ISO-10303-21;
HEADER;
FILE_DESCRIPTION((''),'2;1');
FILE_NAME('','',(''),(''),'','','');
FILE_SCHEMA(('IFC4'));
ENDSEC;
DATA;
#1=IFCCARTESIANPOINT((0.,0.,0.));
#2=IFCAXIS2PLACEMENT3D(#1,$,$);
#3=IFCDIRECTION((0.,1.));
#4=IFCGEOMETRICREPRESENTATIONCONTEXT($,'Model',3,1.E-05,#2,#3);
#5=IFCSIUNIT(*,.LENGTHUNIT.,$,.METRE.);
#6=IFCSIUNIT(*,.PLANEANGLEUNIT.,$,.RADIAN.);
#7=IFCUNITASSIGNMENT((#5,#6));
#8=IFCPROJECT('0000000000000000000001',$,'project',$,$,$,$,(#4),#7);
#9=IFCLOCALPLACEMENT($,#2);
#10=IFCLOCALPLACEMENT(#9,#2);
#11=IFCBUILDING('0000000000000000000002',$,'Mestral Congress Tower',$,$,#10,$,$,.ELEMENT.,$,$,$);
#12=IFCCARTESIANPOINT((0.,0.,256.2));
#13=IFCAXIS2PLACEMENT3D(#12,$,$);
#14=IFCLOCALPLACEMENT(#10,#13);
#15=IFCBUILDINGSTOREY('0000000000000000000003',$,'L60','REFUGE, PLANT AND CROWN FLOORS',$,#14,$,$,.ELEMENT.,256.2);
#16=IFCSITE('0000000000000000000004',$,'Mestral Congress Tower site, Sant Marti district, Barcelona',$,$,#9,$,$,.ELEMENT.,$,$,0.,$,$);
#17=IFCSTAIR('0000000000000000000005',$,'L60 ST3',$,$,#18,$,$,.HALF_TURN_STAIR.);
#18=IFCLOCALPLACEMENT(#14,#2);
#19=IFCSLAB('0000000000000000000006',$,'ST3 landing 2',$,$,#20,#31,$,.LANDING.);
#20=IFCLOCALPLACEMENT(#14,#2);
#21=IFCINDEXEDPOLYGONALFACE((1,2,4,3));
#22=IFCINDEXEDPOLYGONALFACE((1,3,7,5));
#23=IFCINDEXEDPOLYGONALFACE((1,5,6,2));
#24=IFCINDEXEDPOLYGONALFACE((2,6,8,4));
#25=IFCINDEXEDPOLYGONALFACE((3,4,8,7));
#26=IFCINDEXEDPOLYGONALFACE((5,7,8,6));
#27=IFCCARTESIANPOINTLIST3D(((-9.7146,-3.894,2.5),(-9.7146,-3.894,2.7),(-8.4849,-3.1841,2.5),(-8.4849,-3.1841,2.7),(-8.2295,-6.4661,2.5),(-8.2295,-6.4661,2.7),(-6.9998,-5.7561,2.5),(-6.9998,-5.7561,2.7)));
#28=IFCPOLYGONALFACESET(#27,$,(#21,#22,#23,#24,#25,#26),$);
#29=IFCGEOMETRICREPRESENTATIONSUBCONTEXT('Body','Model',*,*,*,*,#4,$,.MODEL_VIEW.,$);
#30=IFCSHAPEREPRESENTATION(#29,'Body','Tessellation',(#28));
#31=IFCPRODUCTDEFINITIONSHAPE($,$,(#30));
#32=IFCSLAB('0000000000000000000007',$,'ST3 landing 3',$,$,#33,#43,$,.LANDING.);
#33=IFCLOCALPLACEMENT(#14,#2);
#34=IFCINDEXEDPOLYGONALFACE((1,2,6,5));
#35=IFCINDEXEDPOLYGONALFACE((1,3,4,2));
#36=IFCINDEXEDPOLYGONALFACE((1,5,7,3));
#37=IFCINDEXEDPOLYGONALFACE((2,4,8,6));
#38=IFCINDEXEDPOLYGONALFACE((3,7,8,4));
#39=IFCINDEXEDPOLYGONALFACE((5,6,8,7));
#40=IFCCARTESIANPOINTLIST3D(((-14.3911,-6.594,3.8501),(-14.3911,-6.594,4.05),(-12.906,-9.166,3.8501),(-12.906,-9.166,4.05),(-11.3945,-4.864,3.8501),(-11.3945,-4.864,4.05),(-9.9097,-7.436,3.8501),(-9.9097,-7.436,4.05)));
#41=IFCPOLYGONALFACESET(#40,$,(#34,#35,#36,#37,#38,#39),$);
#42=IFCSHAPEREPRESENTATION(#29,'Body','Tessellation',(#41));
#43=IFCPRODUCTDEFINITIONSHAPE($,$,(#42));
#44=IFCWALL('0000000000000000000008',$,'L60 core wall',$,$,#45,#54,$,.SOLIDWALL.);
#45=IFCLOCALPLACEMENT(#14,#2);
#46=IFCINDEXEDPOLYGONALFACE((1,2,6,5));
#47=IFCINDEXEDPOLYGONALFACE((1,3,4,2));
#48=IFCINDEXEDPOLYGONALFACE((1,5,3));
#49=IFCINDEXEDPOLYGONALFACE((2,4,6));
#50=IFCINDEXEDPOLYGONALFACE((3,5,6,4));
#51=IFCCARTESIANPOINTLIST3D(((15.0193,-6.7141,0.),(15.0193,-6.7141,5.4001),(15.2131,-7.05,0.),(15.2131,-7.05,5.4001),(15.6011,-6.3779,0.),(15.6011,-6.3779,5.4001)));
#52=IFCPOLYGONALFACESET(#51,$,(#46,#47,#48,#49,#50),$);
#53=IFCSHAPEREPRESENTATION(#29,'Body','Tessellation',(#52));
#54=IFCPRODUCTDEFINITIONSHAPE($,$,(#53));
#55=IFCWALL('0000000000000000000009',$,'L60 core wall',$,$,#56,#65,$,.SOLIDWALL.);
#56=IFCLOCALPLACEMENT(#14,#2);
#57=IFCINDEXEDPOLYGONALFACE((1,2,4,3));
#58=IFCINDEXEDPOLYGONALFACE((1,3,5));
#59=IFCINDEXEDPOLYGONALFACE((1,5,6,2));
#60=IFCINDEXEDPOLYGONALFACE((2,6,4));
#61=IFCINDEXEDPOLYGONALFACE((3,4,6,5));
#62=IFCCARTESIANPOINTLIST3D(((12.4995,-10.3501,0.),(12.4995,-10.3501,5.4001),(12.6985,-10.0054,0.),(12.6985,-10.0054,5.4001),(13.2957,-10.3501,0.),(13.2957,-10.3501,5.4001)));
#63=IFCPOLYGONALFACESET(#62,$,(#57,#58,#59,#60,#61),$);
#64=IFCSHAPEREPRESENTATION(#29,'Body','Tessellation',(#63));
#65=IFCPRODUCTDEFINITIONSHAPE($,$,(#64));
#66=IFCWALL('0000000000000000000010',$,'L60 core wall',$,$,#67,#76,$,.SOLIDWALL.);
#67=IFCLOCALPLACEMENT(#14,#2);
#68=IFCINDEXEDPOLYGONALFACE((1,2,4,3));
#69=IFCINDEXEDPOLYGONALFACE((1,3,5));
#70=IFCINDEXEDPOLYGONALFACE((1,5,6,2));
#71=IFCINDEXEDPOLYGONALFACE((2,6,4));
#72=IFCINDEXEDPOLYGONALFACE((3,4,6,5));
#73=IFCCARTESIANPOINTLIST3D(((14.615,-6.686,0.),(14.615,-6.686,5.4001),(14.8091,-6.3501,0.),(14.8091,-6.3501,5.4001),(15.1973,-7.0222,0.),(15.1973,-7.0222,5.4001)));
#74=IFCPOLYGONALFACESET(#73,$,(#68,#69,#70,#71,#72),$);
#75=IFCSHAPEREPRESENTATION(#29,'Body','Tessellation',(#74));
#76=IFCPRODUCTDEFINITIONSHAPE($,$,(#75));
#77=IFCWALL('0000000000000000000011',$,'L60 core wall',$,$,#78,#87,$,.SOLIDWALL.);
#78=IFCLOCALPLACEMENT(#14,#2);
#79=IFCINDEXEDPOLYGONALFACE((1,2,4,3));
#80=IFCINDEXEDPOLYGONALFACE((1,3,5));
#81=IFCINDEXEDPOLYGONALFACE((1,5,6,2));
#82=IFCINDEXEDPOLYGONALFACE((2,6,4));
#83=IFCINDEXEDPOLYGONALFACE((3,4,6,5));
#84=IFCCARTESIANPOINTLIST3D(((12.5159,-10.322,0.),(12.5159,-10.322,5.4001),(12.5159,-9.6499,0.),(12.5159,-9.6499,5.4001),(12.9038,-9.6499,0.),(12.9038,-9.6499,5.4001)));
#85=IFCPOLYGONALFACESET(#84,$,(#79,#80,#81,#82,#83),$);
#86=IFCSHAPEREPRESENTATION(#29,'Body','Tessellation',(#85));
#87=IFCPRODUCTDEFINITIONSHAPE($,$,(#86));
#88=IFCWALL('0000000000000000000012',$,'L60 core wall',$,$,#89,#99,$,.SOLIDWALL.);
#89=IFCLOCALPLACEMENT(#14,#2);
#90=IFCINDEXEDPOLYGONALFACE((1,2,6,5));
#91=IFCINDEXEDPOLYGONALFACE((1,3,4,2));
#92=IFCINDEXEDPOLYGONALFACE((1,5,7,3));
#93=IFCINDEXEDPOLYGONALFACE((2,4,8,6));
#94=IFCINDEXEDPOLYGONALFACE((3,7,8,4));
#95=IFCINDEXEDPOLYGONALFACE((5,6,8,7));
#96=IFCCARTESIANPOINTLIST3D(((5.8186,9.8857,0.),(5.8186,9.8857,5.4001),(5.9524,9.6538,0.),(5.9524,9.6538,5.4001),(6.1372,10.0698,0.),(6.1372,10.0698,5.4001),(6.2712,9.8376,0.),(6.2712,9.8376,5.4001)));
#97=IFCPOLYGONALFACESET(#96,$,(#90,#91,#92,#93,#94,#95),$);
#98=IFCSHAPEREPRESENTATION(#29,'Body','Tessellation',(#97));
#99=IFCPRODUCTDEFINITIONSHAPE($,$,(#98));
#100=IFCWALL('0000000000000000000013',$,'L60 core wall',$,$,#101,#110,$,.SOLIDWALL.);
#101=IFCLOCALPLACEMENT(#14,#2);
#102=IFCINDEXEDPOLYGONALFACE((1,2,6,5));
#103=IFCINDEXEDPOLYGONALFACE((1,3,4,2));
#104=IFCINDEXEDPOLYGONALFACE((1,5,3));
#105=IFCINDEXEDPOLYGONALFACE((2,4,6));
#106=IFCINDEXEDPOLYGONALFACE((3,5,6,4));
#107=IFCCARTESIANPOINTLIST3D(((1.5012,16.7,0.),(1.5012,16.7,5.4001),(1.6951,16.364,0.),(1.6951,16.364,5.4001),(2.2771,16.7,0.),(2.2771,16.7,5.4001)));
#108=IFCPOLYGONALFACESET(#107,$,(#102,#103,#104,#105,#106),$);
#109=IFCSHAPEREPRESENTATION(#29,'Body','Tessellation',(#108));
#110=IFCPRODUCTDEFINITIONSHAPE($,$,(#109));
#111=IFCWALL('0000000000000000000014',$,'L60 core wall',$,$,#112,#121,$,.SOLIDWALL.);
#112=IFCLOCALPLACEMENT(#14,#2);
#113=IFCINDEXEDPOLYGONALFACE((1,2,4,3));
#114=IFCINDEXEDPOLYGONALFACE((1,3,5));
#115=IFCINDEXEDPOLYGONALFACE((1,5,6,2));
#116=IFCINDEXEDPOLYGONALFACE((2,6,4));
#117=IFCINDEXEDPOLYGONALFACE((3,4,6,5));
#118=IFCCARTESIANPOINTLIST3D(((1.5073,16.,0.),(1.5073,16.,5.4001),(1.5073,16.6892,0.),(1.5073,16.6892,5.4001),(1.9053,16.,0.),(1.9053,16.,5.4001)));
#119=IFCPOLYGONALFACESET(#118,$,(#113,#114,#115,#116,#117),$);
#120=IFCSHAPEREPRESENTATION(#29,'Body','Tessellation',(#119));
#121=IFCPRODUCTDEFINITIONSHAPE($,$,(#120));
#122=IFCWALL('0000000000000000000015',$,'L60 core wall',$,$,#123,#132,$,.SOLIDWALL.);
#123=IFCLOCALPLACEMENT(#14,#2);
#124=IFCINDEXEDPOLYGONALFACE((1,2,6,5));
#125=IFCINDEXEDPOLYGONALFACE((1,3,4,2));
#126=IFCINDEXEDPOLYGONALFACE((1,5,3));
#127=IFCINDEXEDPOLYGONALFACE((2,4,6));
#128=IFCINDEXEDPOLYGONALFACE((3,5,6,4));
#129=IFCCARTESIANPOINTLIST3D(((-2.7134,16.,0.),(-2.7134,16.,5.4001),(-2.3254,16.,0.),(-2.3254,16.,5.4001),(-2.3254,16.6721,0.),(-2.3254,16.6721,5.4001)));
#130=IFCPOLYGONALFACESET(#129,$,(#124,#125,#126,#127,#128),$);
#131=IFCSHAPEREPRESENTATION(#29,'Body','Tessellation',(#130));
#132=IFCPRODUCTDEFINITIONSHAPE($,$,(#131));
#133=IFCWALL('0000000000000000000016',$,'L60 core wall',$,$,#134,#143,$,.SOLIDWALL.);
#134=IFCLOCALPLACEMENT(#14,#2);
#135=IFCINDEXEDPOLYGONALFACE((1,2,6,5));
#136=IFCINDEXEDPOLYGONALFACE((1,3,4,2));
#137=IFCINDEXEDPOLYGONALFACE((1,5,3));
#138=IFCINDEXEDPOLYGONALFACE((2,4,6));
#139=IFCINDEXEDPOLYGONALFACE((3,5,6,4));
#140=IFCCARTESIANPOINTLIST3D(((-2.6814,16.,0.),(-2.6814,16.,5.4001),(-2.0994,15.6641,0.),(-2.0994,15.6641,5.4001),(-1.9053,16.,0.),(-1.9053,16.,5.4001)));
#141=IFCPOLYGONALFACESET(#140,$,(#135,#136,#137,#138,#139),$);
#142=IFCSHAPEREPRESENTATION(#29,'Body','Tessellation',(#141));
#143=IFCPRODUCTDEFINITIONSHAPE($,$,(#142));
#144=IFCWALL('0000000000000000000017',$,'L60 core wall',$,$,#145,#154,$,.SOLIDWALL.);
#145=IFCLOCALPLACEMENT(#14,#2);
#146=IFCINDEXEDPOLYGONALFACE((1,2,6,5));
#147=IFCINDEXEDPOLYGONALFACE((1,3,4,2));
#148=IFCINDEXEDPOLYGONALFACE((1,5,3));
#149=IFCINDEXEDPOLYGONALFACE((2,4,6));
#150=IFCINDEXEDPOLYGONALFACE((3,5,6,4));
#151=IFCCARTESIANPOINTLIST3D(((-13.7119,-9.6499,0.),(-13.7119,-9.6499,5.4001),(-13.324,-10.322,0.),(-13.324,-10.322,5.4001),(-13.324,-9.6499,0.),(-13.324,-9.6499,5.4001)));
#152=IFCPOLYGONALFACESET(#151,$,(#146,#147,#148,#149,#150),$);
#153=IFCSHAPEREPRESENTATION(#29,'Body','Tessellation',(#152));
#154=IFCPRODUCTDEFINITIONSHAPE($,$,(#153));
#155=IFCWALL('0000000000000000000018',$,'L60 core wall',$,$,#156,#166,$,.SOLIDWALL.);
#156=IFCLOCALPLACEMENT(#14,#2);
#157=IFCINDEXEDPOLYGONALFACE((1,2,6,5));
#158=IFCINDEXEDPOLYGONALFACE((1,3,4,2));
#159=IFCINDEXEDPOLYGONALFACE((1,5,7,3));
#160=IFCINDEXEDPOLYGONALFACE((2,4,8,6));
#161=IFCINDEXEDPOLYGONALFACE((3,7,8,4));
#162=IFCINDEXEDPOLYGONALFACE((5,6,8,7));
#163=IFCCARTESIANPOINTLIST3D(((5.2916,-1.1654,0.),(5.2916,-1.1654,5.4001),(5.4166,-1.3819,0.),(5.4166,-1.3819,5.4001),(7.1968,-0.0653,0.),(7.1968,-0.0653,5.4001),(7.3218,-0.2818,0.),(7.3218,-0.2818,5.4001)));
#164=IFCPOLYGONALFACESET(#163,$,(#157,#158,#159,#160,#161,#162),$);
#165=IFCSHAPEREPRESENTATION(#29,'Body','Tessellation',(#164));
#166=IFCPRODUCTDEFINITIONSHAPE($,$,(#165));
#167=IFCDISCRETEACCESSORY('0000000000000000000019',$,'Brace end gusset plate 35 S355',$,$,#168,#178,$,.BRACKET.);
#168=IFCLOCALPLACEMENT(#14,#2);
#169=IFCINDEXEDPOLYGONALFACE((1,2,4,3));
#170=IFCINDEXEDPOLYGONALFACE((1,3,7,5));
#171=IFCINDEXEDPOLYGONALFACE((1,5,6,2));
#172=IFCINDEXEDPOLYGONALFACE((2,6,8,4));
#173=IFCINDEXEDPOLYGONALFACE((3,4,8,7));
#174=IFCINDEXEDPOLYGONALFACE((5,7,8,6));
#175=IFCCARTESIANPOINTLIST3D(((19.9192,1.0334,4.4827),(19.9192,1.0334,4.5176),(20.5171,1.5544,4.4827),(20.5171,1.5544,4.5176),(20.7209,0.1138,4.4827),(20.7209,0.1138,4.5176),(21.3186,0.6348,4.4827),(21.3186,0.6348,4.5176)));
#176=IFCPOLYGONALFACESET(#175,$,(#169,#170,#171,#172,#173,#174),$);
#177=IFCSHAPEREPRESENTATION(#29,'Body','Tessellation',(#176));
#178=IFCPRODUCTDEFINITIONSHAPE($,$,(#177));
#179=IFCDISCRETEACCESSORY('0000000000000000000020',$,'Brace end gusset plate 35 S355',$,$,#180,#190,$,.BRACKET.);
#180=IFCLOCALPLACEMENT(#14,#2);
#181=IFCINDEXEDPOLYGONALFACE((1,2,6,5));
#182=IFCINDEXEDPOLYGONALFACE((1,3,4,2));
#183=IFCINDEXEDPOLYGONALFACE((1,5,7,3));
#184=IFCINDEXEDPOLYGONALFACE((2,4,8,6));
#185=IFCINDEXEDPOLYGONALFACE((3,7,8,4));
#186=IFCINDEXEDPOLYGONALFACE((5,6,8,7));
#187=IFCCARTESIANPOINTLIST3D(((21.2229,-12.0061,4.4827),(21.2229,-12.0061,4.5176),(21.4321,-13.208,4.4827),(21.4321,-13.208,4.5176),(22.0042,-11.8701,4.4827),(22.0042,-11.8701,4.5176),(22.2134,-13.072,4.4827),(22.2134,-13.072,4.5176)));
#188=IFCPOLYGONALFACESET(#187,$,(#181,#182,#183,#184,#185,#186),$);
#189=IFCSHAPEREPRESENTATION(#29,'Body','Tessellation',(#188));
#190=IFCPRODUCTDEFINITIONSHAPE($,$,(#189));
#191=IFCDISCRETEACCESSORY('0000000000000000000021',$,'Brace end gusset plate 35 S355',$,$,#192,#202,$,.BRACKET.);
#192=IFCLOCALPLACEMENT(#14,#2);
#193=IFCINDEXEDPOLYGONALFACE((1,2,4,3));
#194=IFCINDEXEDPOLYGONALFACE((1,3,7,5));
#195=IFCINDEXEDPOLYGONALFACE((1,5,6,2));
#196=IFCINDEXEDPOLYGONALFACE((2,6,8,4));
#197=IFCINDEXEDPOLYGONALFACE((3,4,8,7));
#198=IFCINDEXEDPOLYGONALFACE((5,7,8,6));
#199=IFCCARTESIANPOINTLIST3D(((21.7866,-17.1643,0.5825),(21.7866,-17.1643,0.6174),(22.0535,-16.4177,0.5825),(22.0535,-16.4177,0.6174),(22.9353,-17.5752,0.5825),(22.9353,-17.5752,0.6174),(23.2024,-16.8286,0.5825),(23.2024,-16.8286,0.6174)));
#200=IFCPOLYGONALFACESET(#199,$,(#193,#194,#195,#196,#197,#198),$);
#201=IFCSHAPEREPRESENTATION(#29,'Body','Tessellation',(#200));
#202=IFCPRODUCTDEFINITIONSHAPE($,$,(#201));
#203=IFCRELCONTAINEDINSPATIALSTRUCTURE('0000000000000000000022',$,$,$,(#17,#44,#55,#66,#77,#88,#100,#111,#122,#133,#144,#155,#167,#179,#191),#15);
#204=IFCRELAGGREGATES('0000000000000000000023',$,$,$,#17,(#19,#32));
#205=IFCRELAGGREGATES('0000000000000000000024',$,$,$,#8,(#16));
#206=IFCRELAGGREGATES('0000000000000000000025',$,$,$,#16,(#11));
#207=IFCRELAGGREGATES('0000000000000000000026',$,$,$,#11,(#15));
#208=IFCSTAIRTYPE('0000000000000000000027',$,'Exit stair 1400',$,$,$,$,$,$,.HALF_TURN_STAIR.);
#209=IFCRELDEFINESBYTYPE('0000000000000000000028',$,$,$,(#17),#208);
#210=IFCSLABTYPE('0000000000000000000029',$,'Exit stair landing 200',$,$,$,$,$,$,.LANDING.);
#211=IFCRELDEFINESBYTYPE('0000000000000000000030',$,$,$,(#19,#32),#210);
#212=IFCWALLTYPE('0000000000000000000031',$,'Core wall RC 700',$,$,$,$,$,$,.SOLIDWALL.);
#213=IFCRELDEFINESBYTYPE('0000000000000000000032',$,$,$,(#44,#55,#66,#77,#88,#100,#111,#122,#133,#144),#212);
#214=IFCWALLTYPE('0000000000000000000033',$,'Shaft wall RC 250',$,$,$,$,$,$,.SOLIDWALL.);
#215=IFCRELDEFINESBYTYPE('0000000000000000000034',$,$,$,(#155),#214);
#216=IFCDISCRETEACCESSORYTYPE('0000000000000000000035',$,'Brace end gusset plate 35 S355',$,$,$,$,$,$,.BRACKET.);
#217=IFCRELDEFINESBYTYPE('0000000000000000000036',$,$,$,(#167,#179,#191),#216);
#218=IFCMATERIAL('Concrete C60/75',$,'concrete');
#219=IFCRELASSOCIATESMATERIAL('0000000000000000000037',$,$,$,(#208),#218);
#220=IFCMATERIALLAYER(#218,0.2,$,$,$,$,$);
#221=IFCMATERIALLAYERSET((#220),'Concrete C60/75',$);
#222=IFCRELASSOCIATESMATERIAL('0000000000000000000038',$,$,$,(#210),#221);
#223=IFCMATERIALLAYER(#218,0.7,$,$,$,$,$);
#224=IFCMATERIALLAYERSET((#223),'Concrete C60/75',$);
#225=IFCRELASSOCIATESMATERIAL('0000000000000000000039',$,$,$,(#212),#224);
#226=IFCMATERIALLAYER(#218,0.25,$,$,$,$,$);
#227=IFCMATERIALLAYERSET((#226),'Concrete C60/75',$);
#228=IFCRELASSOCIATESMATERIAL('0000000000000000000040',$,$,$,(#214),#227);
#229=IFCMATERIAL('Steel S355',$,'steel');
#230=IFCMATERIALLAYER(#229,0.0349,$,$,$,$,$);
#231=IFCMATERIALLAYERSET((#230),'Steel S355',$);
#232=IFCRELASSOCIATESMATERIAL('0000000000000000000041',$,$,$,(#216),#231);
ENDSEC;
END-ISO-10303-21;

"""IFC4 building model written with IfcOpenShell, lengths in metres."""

from ifc_helpers import new_model, si_unit, direction, frame, frame_2d, origin, place, context, subcontext, project, spatial, polyline, rectangle, outline, extrude, material, layer, layer_set, type_object, element, aggregate, save


model = new_model("IFC4")

# Units and contexts
model_context = context("Model", 3, precision=1e-05, world=origin(), true_north=direction((0.0, 1.0)))
body_context = subcontext(model_context, "Body", "Model", "MODEL_VIEW")
ifc_project = project(units=[si_unit("LENGTHUNIT", "METRE"), si_unit("PLANEANGLEUNIT", "RADIAN")], contexts=[model_context])

# Site, building, storey
site_placement = place(None, origin())
site = spatial("IfcSite", under=ifc_project, at=site_placement, Name="Mestral Congress Tower site, Sant Marti district, Barcelona", CompositionType="ELEMENT", RefElevation=0.0)
building_placement = place(site_placement, origin())
building = spatial("IfcBuilding", under=site, at=building_placement, Name="Mestral Congress Tower", CompositionType="ELEMENT")
storey_placement = place(building_placement, frame((0.0, 0.0, 256.2)))
storey = spatial("IfcBuildingStorey", under=building, at=storey_placement, Name="L60", Description="REFUGE, PLANT AND CROWN FLOORS", CompositionType="ELEMENT", Elevation=256.2)

# Shared definitions
ifc_material_1 = material(Name="Concrete C60/75", Category="concrete")

# Stair, slabs
stair_type = type_object("IfcStairType", Name="Exit stair 1400", PredefinedType="HALF_TURN_STAIR", material=ifc_material_1)
placement_1 = place(storey_placement, origin())
ifc_layer_1 = layer(ifc_material_1, 0.2)
ifc_layer_set_1 = layer_set([ifc_layer_1], Name="Concrete C60/75")
slab_type_1 = type_object("IfcSlabType", Name="Exit stair landing 200", PredefinedType="LANDING", material=ifc_layer_set_1)
placement_2 = place(storey_placement, frame((0.0, 0.0, 2.5)))
placement_3 = place(storey_placement, frame((0.0, 0.0, 3.8501)))
stair_1 = element("IfcStair", 1, at=placement_1, inside=storey, type_object=stair_type, Name="L60 ST3", PredefinedType="HALF_TURN_STAIR")
slab_1 = element("IfcSlab", 2, at=placement_2, type_object=slab_type_1, Name="ST3 landing 2", PredefinedType="LANDING", context=body_context, shape_type="SweptSolid", body=[
    extrude(outline(polyline([(-8.4849, -3.1841), (-6.9998, -5.7561), (-8.2295, -6.4661), (-9.7146, -3.894), (-8.4849, -3.1841)])), origin(), (0.0, 0.0, 1.0), 0.2),
])
slab_2 = element("IfcSlab", 3, at=placement_3, type_object=slab_type_1, Name="ST3 landing 3", PredefinedType="LANDING", context=body_context, shape_type="SweptSolid", body=[
    extrude(outline(polyline([(-11.3945, -4.864), (-9.9097, -7.436), (-12.906, -9.166), (-14.3911, -6.594), (-11.3945, -4.864)])), origin(), (0.0, 0.0, 1.0), 0.2),
])
aggregate(stair_1, [slab_1, slab_2])

# Walls
ifc_layer_2 = layer(ifc_material_1, 0.7)
ifc_layer_set_2 = layer_set([ifc_layer_2], Name="Concrete C60/75")
wall_type_1 = type_object("IfcWallType", Name="Core wall RC 700", PredefinedType="SOLIDWALL", material=ifc_layer_set_2)
element("IfcWall", 4, at=placement_1, inside=storey, type_object=wall_type_1, Name="L60 core wall", PredefinedType="SOLIDWALL", context=body_context, shape_type="SweptSolid", body=[
    extrude(outline(polyline([(15.2131, -7.05), (15.0193, -6.7141), (15.6011, -6.3779), (15.2131, -7.05)])), origin(), (0.0, 0.0, 1.0), 5.4001),
])
element("IfcWall", 5, at=placement_1, inside=storey, type_object=wall_type_1, Name="L60 core wall", PredefinedType="SOLIDWALL", context=body_context, shape_type="SweptSolid", body=[
    extrude(outline(polyline([(12.6985, -10.0054), (13.2957, -10.3501), (12.4995, -10.3501), (12.6985, -10.0054)])), origin(), (0.0, 0.0, 1.0), 5.4001),
])
element("IfcWall", 6, at=placement_1, inside=storey, type_object=wall_type_1, Name="L60 core wall", PredefinedType="SOLIDWALL", context=body_context, shape_type="SweptSolid", body=[
    extrude(outline(polyline([(14.8091, -6.3501), (15.1973, -7.0222), (14.615, -6.686), (14.8091, -6.3501)])), origin(), (0.0, 0.0, 1.0), 5.4001),
])
element("IfcWall", 7, at=placement_1, inside=storey, type_object=wall_type_1, Name="L60 core wall", PredefinedType="SOLIDWALL", context=body_context, shape_type="SweptSolid", body=[
    extrude(outline(polyline([(12.9038, -9.6499), (12.5159, -10.322), (12.5159, -9.6499), (12.9038, -9.6499)])), origin(), (0.0, 0.0, 1.0), 5.4001),
])
element("IfcWall", 8, at=placement_1, inside=storey, type_object=wall_type_1, Name="L60 core wall", PredefinedType="SOLIDWALL", context=body_context, shape_type="SweptSolid", body=[
    extrude(outline(polyline([(6.1372, 10.0698), (6.2712, 9.8376), (5.9524, 9.6538), (5.8186, 9.8857), (6.1372, 10.0698)])), origin(), (0.0, 0.0, 1.0), 5.4001),
])
element("IfcWall", 9, at=placement_1, inside=storey, type_object=wall_type_1, Name="L60 core wall", PredefinedType="SOLIDWALL", context=body_context, shape_type="SweptSolid", body=[
    extrude(outline(polyline([(1.5012, 16.7), (2.2771, 16.7), (1.6951, 16.364), (1.5012, 16.7)])), origin(), (0.0, 0.0, 1.0), 5.4001),
])
element("IfcWall", 10, at=placement_1, inside=storey, type_object=wall_type_1, Name="L60 core wall", PredefinedType="SOLIDWALL", context=body_context, shape_type="SweptSolid", body=[
    extrude(outline(polyline([(1.9053, 16.0), (1.5073, 16.0), (1.5073, 16.6892), (1.9053, 16.0)])), origin(), (0.0, 0.0, 1.0), 5.4001),
])
element("IfcWall", 11, at=placement_1, inside=storey, type_object=wall_type_1, Name="L60 core wall", PredefinedType="SOLIDWALL", context=body_context, shape_type="SweptSolid", body=[
    extrude(outline(polyline([(-2.7134, 16.0), (-2.3254, 16.6721), (-2.3254, 16.0), (-2.7134, 16.0)])), origin(), (0.0, 0.0, 1.0), 5.4001),
])
element("IfcWall", 12, at=placement_1, inside=storey, type_object=wall_type_1, Name="L60 core wall", PredefinedType="SOLIDWALL", context=body_context, shape_type="SweptSolid", body=[
    extrude(outline(polyline([(-1.9053, 16.0), (-2.0994, 15.6641), (-2.6814, 16.0), (-1.9053, 16.0)])), origin(), (0.0, 0.0, 1.0), 5.4001),
])
element("IfcWall", 13, at=placement_1, inside=storey, type_object=wall_type_1, Name="L60 core wall", PredefinedType="SOLIDWALL", context=body_context, shape_type="SweptSolid", body=[
    extrude(outline(polyline([(-13.7119, -9.6499), (-13.324, -9.6499), (-13.324, -10.322), (-13.7119, -9.6499)])), origin(), (0.0, 0.0, 1.0), 5.4001),
])
ifc_layer_3 = layer(ifc_material_1, 0.25)
ifc_layer_set_3 = layer_set([ifc_layer_3], Name="Concrete C60/75")
wall_type_2 = type_object("IfcWallType", Name="Shaft wall RC 250", PredefinedType="SOLIDWALL", material=ifc_layer_set_3)
wall_1_placement = place(storey_placement, frame((5.354, -1.2737, 0.0), z_axis=(0.0, 0.0, 1.0), x_axis=(0.866008, 0.50003, 0.0)))
element("IfcWall", 14, at=wall_1_placement, inside=storey, type_object=wall_type_2, Name="L60 core wall", PredefinedType="SOLIDWALL", context=body_context, shape_type="SweptSolid", body=[
    extrude(rectangle(XDim=2.2, YDim=0.25, at=frame_2d((1.1001, 0.0))), origin(), (0.0, 0.0, 1.0), 5.4001),
])

# Discrete accessories
ifc_material_2 = material(Name="Steel S355", Category="steel")
ifc_layer_4 = layer(ifc_material_2, 0.0349)
ifc_layer_set_4 = layer_set([ifc_layer_4], Name="Steel S355")
discrete_accessory_type = type_object("IfcDiscreteAccessoryType", Name="Brace end gusset plate 35 S355", PredefinedType="BRACKET", material=ifc_layer_set_4)
placement_4 = place(storey_placement, frame((0.0, 0.0, 4.4827)))
element("IfcDiscreteAccessory", 15, at=placement_4, inside=storey, type_object=discrete_accessory_type, Name="Brace end gusset plate 35 S355", PredefinedType="BRACKET", context=body_context, shape_type="SweptSolid", body=[
    extrude(outline(polyline([(19.9192, 1.0334), (20.7209, 0.1138), (21.3186, 0.6348), (20.5171, 1.5544), (19.9192, 1.0334)])), origin(), (0.0, 0.0, 1.0), 0.0349),
])
element("IfcDiscreteAccessory", 16, at=placement_4, inside=storey, type_object=discrete_accessory_type, Name="Brace end gusset plate 35 S355", PredefinedType="BRACKET", context=body_context, shape_type="SweptSolid", body=[
    extrude(outline(polyline([(21.2229, -12.0061), (21.4321, -13.208), (22.2134, -13.072), (22.0042, -11.8701), (21.2229, -12.0061)])), origin(), (0.0, 0.0, 1.0), 0.0349),
])
placement_5 = place(storey_placement, frame((0.0, 0.0, 0.5825)))
element("IfcDiscreteAccessory", 17, at=placement_5, inside=storey, type_object=discrete_accessory_type, Name="Brace end gusset plate 35 S355", PredefinedType="BRACKET", context=body_context, shape_type="SweptSolid", body=[
    extrude(outline(polyline([(23.2024, -16.8286), (22.0535, -16.4177), (21.7866, -17.1643), (22.9353, -17.5752), (23.2024, -16.8286)])), origin(), (0.0, 0.0, 1.0), 0.0349),
])

save(model, "model.ifc")
